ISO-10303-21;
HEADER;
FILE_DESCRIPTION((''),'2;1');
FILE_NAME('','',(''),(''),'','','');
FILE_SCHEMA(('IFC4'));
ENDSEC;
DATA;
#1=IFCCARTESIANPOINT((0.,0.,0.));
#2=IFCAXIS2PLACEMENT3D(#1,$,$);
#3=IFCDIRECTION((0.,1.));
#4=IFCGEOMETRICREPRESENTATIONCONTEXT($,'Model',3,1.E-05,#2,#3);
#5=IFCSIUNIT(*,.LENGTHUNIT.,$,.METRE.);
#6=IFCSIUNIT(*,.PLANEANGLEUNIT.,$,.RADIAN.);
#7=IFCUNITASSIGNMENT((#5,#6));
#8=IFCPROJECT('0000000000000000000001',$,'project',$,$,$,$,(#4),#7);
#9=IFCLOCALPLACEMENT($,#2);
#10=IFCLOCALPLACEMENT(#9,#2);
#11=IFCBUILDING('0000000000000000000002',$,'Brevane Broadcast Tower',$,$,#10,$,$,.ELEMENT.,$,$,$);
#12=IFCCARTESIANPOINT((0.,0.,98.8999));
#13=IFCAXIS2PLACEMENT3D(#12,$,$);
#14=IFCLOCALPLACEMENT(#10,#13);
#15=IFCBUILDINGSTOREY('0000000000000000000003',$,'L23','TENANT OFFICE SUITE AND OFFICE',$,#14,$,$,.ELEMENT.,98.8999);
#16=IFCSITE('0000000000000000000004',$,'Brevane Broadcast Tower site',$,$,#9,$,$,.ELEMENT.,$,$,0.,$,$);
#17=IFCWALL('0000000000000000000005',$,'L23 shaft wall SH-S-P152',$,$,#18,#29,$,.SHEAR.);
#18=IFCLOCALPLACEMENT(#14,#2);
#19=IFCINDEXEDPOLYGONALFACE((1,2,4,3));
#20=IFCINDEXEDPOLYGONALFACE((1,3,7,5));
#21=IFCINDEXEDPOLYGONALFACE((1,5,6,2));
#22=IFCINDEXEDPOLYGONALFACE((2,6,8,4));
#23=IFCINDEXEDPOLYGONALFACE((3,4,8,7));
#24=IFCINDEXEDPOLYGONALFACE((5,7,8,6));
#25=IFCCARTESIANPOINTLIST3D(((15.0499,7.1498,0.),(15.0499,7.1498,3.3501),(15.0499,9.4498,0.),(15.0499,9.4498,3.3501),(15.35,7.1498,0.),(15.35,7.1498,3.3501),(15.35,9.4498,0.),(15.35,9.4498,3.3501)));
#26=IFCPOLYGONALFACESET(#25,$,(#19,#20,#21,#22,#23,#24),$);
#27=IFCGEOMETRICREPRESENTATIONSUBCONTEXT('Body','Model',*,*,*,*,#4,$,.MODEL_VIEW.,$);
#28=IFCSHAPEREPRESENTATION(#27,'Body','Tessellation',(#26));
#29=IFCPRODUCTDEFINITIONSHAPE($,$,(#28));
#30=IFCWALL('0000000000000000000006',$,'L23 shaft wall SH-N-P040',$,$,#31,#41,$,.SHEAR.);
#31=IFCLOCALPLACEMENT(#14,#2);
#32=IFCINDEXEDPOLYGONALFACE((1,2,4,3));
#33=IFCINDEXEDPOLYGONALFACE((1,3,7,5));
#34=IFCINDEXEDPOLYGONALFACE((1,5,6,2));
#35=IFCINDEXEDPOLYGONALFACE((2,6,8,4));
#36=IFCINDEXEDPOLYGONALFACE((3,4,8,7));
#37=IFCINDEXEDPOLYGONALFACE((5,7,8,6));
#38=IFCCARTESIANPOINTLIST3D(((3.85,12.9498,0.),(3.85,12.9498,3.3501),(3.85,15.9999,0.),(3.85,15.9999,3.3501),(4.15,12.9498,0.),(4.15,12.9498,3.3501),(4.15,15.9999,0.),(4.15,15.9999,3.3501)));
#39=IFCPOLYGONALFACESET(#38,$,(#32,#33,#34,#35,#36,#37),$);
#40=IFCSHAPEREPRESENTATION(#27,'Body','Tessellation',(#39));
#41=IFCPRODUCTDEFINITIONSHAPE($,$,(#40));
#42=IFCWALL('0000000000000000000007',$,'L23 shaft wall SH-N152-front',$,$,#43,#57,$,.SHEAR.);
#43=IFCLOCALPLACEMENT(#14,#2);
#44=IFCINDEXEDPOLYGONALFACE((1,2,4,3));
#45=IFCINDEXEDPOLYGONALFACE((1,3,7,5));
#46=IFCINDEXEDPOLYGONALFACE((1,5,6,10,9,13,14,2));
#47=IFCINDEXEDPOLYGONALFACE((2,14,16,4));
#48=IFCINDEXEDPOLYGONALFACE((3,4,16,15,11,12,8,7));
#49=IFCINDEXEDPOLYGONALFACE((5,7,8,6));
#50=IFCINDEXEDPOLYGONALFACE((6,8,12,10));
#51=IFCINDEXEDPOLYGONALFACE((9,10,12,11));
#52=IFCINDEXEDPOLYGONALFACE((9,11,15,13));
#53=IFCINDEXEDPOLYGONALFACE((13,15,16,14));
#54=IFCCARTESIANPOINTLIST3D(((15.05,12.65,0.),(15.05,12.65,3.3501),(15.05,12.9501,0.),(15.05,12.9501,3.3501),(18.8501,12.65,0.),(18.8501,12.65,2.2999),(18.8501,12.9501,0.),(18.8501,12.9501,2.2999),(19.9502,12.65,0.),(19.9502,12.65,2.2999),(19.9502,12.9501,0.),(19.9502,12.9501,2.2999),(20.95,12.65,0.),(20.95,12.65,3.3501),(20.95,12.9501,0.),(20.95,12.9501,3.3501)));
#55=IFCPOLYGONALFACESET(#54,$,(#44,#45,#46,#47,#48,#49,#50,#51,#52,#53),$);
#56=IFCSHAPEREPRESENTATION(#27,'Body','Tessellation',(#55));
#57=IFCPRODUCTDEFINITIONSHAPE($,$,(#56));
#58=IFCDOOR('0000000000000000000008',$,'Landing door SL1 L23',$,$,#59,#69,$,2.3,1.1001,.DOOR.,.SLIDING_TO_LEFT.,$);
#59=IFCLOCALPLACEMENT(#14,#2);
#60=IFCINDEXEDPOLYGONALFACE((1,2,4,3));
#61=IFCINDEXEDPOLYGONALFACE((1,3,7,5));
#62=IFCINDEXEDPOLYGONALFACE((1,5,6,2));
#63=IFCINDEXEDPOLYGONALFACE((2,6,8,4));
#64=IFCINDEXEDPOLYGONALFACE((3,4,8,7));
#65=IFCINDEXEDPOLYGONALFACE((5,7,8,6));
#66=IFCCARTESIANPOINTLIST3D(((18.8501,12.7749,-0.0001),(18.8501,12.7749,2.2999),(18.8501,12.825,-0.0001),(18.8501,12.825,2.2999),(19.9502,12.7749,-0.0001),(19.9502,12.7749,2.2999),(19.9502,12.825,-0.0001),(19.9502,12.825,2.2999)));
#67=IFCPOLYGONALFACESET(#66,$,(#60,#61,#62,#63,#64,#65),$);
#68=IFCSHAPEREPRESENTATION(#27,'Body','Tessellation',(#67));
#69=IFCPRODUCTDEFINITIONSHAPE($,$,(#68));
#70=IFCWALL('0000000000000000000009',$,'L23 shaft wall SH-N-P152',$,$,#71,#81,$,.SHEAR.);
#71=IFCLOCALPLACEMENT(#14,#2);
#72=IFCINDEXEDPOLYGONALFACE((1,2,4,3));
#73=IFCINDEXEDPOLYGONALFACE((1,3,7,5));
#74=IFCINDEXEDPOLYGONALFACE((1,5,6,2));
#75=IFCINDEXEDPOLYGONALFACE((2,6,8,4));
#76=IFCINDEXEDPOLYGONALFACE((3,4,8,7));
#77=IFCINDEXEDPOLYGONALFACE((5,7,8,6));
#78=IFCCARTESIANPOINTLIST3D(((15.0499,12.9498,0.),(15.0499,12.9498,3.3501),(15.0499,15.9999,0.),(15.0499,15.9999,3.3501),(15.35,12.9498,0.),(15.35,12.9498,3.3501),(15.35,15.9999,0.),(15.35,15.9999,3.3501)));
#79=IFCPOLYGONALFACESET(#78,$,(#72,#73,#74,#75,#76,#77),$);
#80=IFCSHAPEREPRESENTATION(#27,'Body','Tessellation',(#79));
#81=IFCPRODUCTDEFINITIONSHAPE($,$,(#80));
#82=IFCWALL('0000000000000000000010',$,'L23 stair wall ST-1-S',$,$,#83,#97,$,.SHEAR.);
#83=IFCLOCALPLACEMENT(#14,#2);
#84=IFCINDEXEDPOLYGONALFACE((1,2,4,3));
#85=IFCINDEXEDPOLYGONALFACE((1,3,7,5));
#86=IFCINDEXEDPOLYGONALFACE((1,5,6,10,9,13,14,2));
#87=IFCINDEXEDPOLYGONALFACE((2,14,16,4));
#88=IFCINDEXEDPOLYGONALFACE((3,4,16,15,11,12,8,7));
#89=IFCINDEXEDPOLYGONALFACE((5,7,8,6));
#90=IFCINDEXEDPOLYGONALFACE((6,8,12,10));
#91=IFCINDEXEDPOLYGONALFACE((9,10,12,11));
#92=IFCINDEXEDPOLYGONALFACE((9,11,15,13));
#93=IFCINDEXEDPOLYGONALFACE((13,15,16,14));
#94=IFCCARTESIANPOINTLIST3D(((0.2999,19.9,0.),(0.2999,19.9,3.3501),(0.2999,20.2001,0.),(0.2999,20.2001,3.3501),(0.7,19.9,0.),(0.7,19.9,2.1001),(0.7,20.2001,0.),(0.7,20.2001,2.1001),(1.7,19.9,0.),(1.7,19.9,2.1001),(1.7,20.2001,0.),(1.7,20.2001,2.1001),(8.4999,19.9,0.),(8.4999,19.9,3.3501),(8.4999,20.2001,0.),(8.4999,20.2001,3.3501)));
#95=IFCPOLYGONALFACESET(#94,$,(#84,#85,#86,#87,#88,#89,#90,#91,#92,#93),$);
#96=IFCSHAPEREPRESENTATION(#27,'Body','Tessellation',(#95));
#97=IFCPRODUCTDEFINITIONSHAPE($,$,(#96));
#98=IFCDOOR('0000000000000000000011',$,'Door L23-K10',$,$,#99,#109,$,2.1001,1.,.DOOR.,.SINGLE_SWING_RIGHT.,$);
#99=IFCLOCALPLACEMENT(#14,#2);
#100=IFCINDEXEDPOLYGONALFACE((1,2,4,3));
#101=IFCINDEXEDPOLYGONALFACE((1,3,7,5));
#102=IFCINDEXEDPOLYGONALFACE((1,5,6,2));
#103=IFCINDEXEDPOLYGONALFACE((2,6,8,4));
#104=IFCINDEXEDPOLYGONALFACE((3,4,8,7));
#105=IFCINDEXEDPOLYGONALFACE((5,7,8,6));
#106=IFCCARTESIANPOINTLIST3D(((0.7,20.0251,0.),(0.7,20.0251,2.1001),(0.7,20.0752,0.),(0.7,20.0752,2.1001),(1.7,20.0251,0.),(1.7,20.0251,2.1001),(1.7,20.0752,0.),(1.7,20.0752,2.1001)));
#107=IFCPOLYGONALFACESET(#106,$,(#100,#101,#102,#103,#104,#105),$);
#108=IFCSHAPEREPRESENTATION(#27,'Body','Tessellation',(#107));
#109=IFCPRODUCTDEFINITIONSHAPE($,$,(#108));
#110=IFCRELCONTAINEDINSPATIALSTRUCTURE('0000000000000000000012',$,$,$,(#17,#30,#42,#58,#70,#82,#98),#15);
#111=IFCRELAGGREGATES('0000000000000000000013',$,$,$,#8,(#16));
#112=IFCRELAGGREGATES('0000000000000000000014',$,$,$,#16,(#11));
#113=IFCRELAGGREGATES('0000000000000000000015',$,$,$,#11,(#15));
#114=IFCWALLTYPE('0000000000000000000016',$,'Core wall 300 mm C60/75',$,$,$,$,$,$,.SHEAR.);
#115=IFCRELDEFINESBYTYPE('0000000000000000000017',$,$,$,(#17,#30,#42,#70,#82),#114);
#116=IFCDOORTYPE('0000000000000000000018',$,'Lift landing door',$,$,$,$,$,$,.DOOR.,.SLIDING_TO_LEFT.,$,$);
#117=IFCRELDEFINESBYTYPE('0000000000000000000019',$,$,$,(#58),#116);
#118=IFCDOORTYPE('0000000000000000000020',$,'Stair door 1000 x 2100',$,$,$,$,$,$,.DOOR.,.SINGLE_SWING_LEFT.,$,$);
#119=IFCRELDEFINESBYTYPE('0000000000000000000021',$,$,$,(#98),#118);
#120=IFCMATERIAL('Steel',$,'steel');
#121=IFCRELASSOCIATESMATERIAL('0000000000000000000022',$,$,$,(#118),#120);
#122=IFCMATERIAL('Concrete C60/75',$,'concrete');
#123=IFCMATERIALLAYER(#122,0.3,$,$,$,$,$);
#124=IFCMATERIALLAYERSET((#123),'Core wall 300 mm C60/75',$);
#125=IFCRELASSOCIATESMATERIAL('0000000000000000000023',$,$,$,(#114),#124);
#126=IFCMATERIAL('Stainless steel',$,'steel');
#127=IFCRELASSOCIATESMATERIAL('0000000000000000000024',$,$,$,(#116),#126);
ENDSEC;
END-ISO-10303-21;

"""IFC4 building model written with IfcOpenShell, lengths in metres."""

from ifc_helpers import new_model, si_unit, direction, frame, frame_2d, origin, place, context, subcontext, project, spatial, rectangle, extrude, material, layer, layer_set, type_object, element, fill, save


model = new_model("IFC4")

# Units and contexts
model_context = context("Model", 3, precision=1e-05, world=origin(), true_north=direction((0.0, 1.0)))
body_context = subcontext(model_context, "Body", "Model", "MODEL_VIEW")
ifc_project = project(units=[si_unit("LENGTHUNIT", "METRE"), si_unit("PLANEANGLEUNIT", "RADIAN")], contexts=[model_context])

# Site, building, storey
site_placement = place(None, origin())
site = spatial("IfcSite", under=ifc_project, at=site_placement, Name="Brevane Broadcast Tower site", CompositionType="ELEMENT", RefElevation=0.0)
building_placement = place(site_placement, origin())
building = spatial("IfcBuilding", under=site, at=building_placement, Name="Brevane Broadcast Tower", CompositionType="ELEMENT")
storey_placement = place(building_placement, frame((0.0, 0.0, 98.8999)))
storey = spatial("IfcBuildingStorey", under=building, at=storey_placement, Name="L23", Description="TENANT OFFICE SUITE AND OFFICE", CompositionType="ELEMENT", Elevation=98.8999)

# Shared definitions
ifc_material_1 = material(Name="Steel", Category="steel")
door_type_1 = type_object("IfcDoorType", Name="Stair door 1000 x 2100", OperationType="SINGLE_SWING_LEFT", PredefinedType="DOOR", material=ifc_material_1)

# Walls
ifc_material_2 = material(Name="Concrete C60/75", Category="concrete")
ifc_layer_1 = layer(ifc_material_2, 0.3)
ifc_layer_set_1 = layer_set([ifc_layer_1], Name="Core wall 300 mm C60/75")
wall_type_1 = type_object("IfcWallType", Name="Core wall 300 mm C60/75", PredefinedType="SHEAR", material=ifc_layer_set_1)
for number, where, z_axis, x_axis, name in (
    (1, (15.2, 7.1499, 0.0), (0.0, 0.0, 1.0), (0.0, 1.0, 0.0), "L23 shaft wall SH-S-P152"),
):
    element("IfcWall", number, at=place(storey_placement, frame(where, z_axis=z_axis, x_axis=x_axis)), inside=storey, type_object=wall_type_1, Name=name, PredefinedType="SHEAR", context=body_context, shape_type="SweptSolid", body=[
        extrude(rectangle(XDim=2.3, YDim=0.3, at=frame_2d((1.1499, 0.0))), origin(), (0.0, 0.0, 1.0), 3.3501),
    ])
wall_1_placement = place(storey_placement, frame((4.0, 12.95, 0.0), z_axis=(0.0, 0.0, 1.0), x_axis=(0.0, 1.0, 0.0)))
element("IfcWall", 2, at=wall_1_placement, inside=storey, type_object=wall_type_1, Name="L23 shaft wall SH-N-P040", PredefinedType="SHEAR", context=body_context, shape_type="SweptSolid", body=[
    extrude(rectangle(XDim=3.05, YDim=0.3, at=frame_2d((1.5249, 0.0))), origin(), (0.0, 0.0, 1.0), 3.3501),
])

# Wall, opening, door
wall_2_placement = place(storey_placement, frame((15.05, 12.8, 0.0), z_axis=(0.0, 0.0, 1.0), x_axis=(1.0, 0.0, 0.0)))
wall_2 = element("IfcWall", 3, at=wall_2_placement, inside=storey, type_object=wall_type_1, Name="L23 shaft wall SH-N152-front", PredefinedType="SHEAR", context=body_context, shape_type="SweptSolid", body=[
    extrude(rectangle(XDim=5.8999, YDim=0.3, at=frame_2d((2.95, 0.0))), origin(), (0.0, 0.0, 1.0), 3.3501),
])
opening_1_placement = place(wall_2_placement, frame((3.8, 0.0, 0.0)))
opening_1 = element("IfcOpeningElement", 4, at=opening_1_placement, cuts=wall_2, PredefinedType="OPENING", context=body_context, shape_type="SweptSolid", body=[
    extrude(rectangle(XDim=1.1001, YDim=2.3, at=frame_2d((0.55, 1.1499))), frame((0.0, 0.1599, 0.0), z_axis=(0.0, -1.0, 0.0), x_axis=(1.0, 0.0, 0.0)), (0.0, 0.0, 1.0), 0.3201),
])
ifc_material_3 = material(Name="Stainless steel", Category="steel")
door_type_2 = type_object("IfcDoorType", Name="Lift landing door", OperationType="SLIDING_TO_LEFT", PredefinedType="DOOR", material=ifc_material_3)
door_1_placement = place(opening_1_placement, origin())
door_1 = element("IfcDoor", 5, at=door_1_placement, inside=storey, type_object=door_type_2, Name="Landing door SL1 L23", OperationType="SLIDING_TO_LEFT", OverallHeight=2.3, OverallWidth=1.1001, PredefinedType="DOOR", context=body_context, shape_type="SweptSolid", body=[
    extrude(rectangle(XDim=1.1001, YDim=2.3, at=frame_2d((0.55, 1.1499))), frame((0.0, 0.0249, 0.0), z_axis=(0.0, -1.0, 0.0), x_axis=(1.0, 0.0, 0.0)), (0.0, 0.0, 1.0), 0.05),
])
fill(opening_1, door_1)

# Wall
wall_3_placement = place(storey_placement, frame((15.2, 12.95, 0.0), z_axis=(0.0, 0.0, 1.0), x_axis=(0.0, 1.0, 0.0)))
element("IfcWall", 6, at=wall_3_placement, inside=storey, type_object=wall_type_1, Name="L23 shaft wall SH-N-P152", PredefinedType="SHEAR", context=body_context, shape_type="SweptSolid", body=[
    extrude(rectangle(XDim=3.05, YDim=0.3, at=frame_2d((1.5249, 0.0))), origin(), (0.0, 0.0, 1.0), 3.3501),
])

# Wall, opening, door
wall_4_placement = place(storey_placement, frame((8.5, 20.05, 0.0), z_axis=(0.0, 0.0, 1.0), x_axis=(-1.0, 0.0, 0.0)))
wall_4 = element("IfcWall", 7, at=wall_4_placement, inside=storey, type_object=wall_type_1, Name="L23 stair wall ST-1-S", PredefinedType="SHEAR", context=body_context, shape_type="SweptSolid", body=[
    extrude(rectangle(XDim=8.2, YDim=0.3, at=frame_2d((4.1001, 0.0))), origin(), (0.0, 0.0, 1.0), 3.3501),
])
opening_2_placement = place(wall_4_placement, frame((6.8, 0.0, 0.0)))
opening_2 = element("IfcOpeningElement", 8, at=opening_2_placement, cuts=wall_4, PredefinedType="OPENING", context=body_context, shape_type="SweptSolid", body=[
    extrude(rectangle(XDim=1.0, YDim=2.1001, at=frame_2d((0.5, 1.05))), frame((0.0, 0.1599, 0.0), z_axis=(0.0, -1.0, 0.0), x_axis=(1.0, 0.0, 0.0)), (0.0, 0.0, 1.0), 0.3201),
])
door_2_placement = place(opening_2_placement, origin())
door_2 = element("IfcDoor", 9, at=door_2_placement, inside=storey, type_object=door_type_1, Name="Door L23-K10", OperationType="SINGLE_SWING_RIGHT", OverallHeight=2.1001, OverallWidth=1.0, PredefinedType="DOOR", context=body_context, shape_type="SweptSolid", body=[
    extrude(rectangle(XDim=1.0, YDim=2.1001, at=frame_2d((0.5, 1.05))), frame((0.0, 0.0249, 0.0), z_axis=(0.0, -1.0, 0.0), x_axis=(1.0, 0.0, 0.0)), (0.0, 0.0, 1.0), 0.05),
])
fill(opening_2, door_2)

save(model, "model.ifc")
